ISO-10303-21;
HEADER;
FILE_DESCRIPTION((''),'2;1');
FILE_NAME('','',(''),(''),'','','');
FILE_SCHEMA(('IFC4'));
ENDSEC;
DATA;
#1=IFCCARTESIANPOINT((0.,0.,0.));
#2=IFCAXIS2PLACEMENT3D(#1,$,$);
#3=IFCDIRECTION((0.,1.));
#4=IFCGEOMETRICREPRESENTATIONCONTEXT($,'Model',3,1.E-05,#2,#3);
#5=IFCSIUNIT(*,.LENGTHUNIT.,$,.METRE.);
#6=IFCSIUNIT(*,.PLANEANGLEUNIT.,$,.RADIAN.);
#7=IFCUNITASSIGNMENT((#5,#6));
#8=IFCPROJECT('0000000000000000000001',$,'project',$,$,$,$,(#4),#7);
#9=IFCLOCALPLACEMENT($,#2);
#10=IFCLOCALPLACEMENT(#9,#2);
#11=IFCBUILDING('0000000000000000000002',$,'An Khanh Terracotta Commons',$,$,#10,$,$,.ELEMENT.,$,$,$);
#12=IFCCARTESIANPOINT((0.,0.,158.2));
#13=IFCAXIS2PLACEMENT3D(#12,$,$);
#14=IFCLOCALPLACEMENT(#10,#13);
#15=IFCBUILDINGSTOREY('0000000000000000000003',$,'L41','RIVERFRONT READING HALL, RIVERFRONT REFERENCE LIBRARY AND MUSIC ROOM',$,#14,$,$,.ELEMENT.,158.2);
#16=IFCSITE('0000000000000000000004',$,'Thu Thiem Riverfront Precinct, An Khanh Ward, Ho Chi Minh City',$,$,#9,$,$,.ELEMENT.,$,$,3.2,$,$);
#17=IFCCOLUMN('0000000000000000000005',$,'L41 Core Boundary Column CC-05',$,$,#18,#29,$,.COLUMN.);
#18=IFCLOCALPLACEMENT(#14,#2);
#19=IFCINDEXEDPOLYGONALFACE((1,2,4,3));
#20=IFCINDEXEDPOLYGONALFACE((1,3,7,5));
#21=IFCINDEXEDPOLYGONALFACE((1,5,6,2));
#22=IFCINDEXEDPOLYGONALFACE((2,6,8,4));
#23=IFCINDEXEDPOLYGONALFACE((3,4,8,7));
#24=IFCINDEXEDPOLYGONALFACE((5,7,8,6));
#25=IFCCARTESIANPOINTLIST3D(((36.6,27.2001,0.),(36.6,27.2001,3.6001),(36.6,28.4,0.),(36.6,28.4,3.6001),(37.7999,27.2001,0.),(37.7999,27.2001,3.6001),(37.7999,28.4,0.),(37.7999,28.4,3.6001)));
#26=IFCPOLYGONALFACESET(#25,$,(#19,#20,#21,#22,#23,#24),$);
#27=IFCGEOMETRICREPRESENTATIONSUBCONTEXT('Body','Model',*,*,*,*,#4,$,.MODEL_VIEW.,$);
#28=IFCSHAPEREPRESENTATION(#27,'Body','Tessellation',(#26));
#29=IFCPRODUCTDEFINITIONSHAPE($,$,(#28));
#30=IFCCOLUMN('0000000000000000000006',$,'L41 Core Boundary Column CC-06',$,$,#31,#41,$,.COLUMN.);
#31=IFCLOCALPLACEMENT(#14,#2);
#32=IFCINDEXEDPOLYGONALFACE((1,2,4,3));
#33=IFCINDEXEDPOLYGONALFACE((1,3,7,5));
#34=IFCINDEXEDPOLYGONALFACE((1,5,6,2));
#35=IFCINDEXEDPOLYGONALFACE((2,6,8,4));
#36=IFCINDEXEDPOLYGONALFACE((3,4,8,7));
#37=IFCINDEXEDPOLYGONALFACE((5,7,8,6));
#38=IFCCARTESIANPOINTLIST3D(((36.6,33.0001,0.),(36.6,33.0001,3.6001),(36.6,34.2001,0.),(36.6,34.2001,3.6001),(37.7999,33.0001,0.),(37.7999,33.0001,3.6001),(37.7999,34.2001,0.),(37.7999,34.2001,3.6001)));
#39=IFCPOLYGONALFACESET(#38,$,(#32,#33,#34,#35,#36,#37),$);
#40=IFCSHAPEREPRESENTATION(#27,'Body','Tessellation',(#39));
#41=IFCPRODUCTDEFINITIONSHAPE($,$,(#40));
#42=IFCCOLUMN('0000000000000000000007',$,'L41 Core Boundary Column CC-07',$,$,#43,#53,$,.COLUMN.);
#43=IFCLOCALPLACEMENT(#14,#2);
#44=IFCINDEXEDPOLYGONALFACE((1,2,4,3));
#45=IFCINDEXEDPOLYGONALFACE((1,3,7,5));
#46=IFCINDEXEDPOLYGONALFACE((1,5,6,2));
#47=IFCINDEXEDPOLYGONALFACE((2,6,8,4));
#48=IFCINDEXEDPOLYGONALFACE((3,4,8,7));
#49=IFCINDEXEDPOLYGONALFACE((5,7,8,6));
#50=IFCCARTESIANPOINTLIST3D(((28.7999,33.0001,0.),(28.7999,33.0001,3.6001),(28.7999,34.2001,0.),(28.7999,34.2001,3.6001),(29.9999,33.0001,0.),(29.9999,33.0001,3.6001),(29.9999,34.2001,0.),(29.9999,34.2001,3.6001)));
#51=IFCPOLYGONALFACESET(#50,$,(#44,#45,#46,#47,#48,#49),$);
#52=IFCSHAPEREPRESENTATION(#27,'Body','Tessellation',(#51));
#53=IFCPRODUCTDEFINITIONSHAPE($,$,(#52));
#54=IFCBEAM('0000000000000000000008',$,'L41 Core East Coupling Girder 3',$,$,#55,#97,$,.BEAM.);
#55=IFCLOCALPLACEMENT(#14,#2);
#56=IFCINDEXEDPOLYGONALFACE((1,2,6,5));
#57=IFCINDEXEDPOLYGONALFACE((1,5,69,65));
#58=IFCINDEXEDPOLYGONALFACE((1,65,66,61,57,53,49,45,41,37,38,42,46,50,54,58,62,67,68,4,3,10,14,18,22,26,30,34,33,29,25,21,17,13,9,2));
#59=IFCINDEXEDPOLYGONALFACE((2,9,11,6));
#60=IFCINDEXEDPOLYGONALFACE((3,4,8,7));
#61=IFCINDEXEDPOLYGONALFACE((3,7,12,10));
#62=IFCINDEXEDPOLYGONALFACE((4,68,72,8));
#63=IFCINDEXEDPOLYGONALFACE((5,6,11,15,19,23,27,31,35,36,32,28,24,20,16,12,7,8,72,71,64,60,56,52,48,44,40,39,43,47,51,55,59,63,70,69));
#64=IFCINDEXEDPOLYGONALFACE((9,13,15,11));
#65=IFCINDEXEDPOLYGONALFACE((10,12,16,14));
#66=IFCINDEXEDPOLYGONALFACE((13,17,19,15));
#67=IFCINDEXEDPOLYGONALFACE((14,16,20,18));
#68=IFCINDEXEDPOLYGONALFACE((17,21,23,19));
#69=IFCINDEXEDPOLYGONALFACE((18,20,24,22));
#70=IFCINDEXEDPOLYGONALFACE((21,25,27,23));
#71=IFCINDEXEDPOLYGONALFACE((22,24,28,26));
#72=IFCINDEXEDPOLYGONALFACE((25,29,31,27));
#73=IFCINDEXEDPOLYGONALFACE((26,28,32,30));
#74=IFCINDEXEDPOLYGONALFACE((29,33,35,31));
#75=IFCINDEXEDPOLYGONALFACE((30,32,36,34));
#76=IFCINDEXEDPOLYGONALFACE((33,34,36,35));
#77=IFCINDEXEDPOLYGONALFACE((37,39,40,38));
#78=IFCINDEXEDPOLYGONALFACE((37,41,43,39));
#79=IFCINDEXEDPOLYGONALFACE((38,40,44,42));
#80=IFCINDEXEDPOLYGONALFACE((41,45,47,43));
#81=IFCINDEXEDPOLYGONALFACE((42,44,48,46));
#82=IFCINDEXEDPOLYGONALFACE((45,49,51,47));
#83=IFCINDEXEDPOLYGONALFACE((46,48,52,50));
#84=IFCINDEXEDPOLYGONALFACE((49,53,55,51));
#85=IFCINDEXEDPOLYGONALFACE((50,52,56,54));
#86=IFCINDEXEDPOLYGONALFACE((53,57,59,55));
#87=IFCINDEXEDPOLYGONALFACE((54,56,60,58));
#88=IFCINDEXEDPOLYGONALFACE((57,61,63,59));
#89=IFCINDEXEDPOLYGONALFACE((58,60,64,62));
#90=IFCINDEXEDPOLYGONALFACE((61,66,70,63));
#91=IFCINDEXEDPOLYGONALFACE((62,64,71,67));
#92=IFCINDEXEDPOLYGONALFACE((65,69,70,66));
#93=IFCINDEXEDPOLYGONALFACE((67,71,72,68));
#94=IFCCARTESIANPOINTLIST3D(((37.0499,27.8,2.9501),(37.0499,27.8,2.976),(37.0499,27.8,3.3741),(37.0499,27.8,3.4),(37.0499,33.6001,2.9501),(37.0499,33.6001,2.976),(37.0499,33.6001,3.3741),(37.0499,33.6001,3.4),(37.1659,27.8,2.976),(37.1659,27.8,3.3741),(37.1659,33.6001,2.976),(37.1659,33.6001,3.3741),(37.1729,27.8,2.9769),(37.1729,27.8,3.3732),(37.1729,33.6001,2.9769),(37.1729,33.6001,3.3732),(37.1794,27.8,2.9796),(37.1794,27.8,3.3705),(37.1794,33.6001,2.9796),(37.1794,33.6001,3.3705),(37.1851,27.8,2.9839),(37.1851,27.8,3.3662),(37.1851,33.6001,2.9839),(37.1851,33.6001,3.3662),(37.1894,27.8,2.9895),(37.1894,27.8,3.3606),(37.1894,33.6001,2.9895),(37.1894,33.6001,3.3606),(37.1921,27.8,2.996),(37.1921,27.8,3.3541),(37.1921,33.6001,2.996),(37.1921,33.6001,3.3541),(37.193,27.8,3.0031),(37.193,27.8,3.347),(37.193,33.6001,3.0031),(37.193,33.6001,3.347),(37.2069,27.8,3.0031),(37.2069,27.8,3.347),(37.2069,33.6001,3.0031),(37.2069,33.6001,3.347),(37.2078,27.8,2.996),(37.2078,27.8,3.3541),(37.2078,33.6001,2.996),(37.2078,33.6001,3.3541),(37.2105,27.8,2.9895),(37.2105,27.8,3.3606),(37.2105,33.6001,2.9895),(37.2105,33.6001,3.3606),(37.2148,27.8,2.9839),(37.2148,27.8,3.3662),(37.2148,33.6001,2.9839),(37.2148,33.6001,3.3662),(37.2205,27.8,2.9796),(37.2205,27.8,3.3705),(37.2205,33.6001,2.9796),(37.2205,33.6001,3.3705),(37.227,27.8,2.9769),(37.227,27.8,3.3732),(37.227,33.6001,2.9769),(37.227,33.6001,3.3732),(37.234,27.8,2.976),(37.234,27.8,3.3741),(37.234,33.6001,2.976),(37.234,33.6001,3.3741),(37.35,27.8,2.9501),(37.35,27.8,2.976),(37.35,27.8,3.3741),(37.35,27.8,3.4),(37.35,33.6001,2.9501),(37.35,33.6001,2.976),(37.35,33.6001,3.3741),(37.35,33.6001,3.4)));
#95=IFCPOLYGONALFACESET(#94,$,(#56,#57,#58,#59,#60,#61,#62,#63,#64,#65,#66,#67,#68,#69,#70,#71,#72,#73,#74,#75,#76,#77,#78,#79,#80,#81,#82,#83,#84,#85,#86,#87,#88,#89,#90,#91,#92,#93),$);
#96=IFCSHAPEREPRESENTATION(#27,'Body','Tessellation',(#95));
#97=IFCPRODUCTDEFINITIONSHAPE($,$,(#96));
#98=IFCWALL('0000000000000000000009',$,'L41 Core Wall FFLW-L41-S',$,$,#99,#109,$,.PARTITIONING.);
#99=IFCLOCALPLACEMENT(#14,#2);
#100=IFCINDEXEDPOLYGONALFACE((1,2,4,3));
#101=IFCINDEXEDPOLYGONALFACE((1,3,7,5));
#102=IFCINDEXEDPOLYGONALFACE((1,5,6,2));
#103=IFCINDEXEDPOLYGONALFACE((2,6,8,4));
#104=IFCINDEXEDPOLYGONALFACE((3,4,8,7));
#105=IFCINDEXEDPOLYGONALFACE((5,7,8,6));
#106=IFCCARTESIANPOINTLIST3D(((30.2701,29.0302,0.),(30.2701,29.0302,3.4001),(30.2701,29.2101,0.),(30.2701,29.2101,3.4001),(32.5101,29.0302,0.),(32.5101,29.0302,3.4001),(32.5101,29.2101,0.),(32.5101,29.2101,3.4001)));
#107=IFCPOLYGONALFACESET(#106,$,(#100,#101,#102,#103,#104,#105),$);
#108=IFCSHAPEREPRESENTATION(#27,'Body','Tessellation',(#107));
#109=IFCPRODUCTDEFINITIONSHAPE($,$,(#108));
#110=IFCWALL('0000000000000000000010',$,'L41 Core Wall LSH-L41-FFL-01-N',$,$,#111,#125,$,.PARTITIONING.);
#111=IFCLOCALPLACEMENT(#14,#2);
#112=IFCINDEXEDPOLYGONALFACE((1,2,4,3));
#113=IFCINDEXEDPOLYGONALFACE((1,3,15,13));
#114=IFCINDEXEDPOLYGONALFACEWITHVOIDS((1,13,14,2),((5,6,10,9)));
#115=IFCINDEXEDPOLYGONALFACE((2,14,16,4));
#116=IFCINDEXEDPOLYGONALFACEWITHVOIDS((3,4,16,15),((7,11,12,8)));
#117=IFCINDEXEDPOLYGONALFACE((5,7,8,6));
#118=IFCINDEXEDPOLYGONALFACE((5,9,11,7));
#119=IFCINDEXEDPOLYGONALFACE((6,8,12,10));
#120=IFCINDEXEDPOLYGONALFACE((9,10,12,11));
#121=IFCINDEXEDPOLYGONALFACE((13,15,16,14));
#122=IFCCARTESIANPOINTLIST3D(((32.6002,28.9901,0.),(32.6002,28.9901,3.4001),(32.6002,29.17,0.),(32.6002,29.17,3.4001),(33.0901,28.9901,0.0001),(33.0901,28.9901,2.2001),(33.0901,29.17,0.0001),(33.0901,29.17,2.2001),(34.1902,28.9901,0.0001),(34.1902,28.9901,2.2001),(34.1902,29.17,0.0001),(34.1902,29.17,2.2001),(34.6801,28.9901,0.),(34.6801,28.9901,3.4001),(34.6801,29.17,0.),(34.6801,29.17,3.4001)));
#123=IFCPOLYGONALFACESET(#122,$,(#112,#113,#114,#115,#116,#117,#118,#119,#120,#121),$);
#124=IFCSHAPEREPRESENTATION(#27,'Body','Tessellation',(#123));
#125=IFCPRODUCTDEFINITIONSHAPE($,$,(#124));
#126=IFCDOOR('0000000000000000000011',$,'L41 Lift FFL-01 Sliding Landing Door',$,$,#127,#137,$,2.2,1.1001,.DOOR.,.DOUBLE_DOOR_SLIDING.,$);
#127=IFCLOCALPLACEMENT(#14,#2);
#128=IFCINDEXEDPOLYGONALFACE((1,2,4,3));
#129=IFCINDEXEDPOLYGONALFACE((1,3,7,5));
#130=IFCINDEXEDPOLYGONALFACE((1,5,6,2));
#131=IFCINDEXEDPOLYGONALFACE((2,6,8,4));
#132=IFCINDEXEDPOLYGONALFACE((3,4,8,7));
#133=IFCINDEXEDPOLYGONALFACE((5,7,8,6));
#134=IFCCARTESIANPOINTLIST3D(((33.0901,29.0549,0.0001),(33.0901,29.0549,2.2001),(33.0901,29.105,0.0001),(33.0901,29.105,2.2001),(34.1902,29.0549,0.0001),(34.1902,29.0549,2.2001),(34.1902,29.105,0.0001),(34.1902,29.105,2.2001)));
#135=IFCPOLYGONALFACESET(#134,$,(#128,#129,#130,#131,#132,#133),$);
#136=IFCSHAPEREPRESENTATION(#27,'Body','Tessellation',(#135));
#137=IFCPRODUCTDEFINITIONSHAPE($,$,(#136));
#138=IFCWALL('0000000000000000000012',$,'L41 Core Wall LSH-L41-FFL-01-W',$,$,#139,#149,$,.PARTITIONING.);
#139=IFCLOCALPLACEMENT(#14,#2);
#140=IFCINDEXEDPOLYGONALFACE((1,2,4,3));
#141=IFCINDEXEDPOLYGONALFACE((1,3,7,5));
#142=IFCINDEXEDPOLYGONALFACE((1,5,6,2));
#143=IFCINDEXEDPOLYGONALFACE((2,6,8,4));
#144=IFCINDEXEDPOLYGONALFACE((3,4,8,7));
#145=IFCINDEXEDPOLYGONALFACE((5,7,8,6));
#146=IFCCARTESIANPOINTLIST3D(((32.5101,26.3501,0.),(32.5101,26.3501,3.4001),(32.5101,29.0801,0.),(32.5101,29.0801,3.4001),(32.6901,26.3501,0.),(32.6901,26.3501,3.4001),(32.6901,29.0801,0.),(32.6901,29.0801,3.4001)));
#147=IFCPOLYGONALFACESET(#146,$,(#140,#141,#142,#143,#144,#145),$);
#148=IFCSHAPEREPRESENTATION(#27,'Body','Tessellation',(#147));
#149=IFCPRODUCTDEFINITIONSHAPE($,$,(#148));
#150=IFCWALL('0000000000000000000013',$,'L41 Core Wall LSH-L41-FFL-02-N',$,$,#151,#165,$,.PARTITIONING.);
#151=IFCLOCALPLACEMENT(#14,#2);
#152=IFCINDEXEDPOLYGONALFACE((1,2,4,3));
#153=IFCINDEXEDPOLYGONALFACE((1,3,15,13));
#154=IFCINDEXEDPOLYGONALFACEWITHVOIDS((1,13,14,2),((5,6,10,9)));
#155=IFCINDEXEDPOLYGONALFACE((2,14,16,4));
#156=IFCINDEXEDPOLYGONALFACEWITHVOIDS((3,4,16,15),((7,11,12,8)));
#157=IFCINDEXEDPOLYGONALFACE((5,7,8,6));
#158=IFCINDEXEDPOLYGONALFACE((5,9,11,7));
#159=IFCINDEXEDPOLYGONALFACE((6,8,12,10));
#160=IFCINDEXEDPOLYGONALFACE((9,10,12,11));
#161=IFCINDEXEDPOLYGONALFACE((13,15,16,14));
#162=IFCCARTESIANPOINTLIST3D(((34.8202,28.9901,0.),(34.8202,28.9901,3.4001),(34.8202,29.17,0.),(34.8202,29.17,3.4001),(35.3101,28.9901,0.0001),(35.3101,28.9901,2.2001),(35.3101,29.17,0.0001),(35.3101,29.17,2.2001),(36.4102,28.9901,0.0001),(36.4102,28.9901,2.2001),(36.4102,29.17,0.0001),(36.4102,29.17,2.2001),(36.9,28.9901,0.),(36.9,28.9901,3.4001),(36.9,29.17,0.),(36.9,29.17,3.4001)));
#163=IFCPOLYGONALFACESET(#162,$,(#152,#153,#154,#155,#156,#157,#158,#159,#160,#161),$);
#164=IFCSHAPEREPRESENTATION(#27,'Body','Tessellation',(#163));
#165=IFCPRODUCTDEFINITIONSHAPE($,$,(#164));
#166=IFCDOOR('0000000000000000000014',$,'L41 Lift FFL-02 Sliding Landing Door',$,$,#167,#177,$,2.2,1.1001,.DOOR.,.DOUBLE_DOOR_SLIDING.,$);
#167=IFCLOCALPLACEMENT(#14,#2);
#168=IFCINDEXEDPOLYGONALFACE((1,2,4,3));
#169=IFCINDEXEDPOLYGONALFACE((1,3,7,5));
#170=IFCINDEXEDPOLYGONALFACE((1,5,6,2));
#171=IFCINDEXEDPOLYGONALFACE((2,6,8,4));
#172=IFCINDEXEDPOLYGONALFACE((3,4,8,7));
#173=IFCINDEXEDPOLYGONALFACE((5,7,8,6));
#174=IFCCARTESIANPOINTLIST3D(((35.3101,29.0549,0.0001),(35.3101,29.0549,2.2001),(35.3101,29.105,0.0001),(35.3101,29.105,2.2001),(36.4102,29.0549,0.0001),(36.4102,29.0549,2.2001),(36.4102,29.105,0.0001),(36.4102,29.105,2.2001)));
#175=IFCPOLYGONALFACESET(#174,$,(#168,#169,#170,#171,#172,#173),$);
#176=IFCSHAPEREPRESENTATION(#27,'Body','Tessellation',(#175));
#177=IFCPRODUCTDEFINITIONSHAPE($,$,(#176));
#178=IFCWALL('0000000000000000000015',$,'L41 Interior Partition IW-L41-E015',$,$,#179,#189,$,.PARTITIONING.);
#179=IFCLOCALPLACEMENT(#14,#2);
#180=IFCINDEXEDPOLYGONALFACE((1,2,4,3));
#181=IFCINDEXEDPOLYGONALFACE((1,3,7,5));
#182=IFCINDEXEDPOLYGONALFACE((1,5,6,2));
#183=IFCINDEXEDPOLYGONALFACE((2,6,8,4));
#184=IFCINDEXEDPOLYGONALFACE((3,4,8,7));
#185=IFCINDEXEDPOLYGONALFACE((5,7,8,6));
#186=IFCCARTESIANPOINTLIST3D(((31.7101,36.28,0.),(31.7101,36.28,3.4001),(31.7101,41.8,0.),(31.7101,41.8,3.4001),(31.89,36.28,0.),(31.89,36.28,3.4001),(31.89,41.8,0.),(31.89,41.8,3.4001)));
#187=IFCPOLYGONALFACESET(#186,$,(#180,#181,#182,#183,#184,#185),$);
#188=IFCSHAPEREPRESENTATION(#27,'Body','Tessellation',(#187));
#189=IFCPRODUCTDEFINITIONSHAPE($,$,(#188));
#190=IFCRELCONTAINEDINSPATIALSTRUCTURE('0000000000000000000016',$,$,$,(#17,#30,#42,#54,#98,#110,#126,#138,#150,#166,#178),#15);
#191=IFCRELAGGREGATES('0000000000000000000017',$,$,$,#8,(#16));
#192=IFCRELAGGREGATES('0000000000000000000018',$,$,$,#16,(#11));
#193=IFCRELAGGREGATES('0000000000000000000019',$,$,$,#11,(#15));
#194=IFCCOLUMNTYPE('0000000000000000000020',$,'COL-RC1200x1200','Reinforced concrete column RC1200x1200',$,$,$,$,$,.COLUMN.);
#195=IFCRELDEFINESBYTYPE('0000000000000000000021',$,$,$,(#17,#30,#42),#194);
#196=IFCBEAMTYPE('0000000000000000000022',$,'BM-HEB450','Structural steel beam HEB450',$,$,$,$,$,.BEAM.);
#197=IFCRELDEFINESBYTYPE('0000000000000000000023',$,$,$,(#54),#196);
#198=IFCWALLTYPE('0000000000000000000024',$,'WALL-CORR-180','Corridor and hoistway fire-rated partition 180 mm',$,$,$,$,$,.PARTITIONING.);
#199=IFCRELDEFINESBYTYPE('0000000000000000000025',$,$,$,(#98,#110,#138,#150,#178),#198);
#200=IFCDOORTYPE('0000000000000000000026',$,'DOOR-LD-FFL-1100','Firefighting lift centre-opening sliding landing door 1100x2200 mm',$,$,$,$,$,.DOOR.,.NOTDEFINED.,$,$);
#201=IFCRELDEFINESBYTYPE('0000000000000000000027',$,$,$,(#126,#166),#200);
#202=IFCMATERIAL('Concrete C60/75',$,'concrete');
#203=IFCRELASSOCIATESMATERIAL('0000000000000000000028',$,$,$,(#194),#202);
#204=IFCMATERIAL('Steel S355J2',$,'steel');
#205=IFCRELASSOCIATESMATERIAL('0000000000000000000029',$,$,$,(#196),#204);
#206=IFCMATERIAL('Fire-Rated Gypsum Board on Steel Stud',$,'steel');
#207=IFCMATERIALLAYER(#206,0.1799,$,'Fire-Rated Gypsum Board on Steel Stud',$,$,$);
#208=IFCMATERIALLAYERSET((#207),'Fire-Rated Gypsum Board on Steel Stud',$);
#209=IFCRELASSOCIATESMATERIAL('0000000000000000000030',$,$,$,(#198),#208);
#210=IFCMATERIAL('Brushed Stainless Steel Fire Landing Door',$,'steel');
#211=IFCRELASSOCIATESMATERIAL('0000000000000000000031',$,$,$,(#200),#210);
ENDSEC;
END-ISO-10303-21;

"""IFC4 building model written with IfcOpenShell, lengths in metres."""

from ifc_helpers import new_model, si_unit, direction, frame, frame_2d, origin, origin_2d, place, context, subcontext, project, spatial, rectangle, i_section, extrude, material, layer, layer_set, material_profile, profile_set, type_object, element, fill, save


model = new_model("IFC4")

# Units and contexts
model_context = context("Model", 3, precision=1e-05, world=origin(), true_north=direction((0.0, 1.0)))
body_context = subcontext(model_context, "Body", "Model", "MODEL_VIEW")
ifc_project = project(units=[si_unit("LENGTHUNIT", "METRE"), si_unit("PLANEANGLEUNIT", "RADIAN")], contexts=[model_context])

# Site, building, storey
site_placement = place(None, origin())
site = spatial("IfcSite", under=ifc_project, at=site_placement, Name="Thu Thiem Riverfront Precinct, An Khanh Ward, Ho Chi Minh City", CompositionType="ELEMENT", RefElevation=3.2)
building_placement = place(site_placement, origin())
building = spatial("IfcBuilding", under=site, at=building_placement, Name="An Khanh Terracotta Commons", CompositionType="ELEMENT")
storey_placement = place(building_placement, frame((0.0, 0.0, 158.2)))
storey = spatial("IfcBuildingStorey", under=building, at=storey_placement, Name="L41", Description="RIVERFRONT READING HALL, RIVERFRONT REFERENCE LIBRARY AND MUSIC ROOM", CompositionType="ELEMENT", Elevation=158.2)

# Columns
ifc_material_1 = material(Name="Concrete C60/75", Category="concrete")
ifc_material_profile_1 = material_profile(ifc_material_1, rectangle(XDim=1.2, YDim=1.2, at=origin_2d()), Name="RC1200x1200")
ifc_profile_set_1 = profile_set([ifc_material_profile_1], Name="Concrete C60/75")
column_type = type_object("IfcColumnType", Name="COL-RC1200x1200", Description="Reinforced concrete column RC1200x1200", PredefinedType="COLUMN", material=ifc_profile_set_1)
for number, where, z_axis, x_axis, name in (
    (1, (37.2, 27.8, 0.0), (0.0, 0.0, 1.0), (1.0, 0.0, 0.0), "L41 Core Boundary Column CC-05"),
    (2, (37.2, 33.6001, 0.0), (0.0, 0.0, 1.0), (1.0, 0.0, 0.0), "L41 Core Boundary Column CC-06"),
    (3, (29.3999, 33.6001, 0.0), (0.0, 0.0, 1.0), (1.0, 0.0, 0.0), "L41 Core Boundary Column CC-07"),
):
    element("IfcColumn", number, at=place(storey_placement, frame(where, z_axis=z_axis, x_axis=x_axis)), inside=storey, type_object=column_type, Name=name, PredefinedType="COLUMN", context=body_context, shape_type="SweptSolid", body=[
        extrude(rectangle(XDim=1.2, YDim=1.2, at=origin_2d()), origin(), (0.0, 0.0, 1.0), 3.6001),
    ])

# Beam
ifc_material_2 = material(Name="Steel S355J2", Category="steel")
ifc_material_profile_2 = material_profile(ifc_material_2, i_section(OverallWidth=0.3, OverallDepth=0.45, WebThickness=0.0139, FlangeThickness=0.0259, FilletRadius=0.0271, at=origin_2d()), Name="HEB450")
ifc_profile_set_2 = profile_set([ifc_material_profile_2], Name="Steel S355J2")
beam_type = type_object("IfcBeamType", Name="BM-HEB450", Description="Structural steel beam HEB450", PredefinedType="BEAM", material=ifc_profile_set_2)
beam_placement = place(storey_placement, frame((37.2, 27.8, 3.175), z_axis=(0.0, 1.0, 0.0), x_axis=(-1.0, 0.0, 0.0)))
element("IfcBeam", 4, at=beam_placement, inside=storey, type_object=beam_type, Name="L41 Core East Coupling Girder 3", PredefinedType="BEAM", context=body_context, shape_type="SweptSolid", body=[
    extrude(i_section(OverallWidth=0.3, OverallDepth=0.45, WebThickness=0.0139, FlangeThickness=0.0259, FilletRadius=0.0271, at=origin_2d()), origin(), (0.0, 0.0, 1.0), 5.8),
])

# Wall
ifc_material_3 = material(Name="Fire-Rated Gypsum Board on Steel Stud", Category="steel")
ifc_layer_1 = layer(ifc_material_3, 0.1799, Name="Fire-Rated Gypsum Board on Steel Stud")
ifc_layer_set_1 = layer_set([ifc_layer_1], Name="Fire-Rated Gypsum Board on Steel Stud")
wall_type_1 = type_object("IfcWallType", Name="WALL-CORR-180", Description="Corridor and hoistway fire-rated partition 180 mm", PredefinedType="PARTITIONING", material=ifc_layer_set_1)
wall_1_placement = place(storey_placement, frame((30.27, 29.1201, 0.0), z_axis=(0.0, 0.0, 1.0), x_axis=(1.0, 0.0, 0.0)))
element("IfcWall", 5, at=wall_1_placement, inside=storey, type_object=wall_type_1, Name="L41 Core Wall FFLW-L41-S", PredefinedType="PARTITIONING", context=body_context, shape_type="SweptSolid", body=[
    extrude(rectangle(XDim=2.24, YDim=0.1799, at=frame_2d((1.1201, 0.0))), origin(), (0.0, 0.0, 1.0), 3.4001),
])

# Wall, opening, door
wall_2_placement = place(storey_placement, frame((32.6001, 29.0801, 0.0), z_axis=(0.0, 0.0, 1.0), x_axis=(1.0, 0.0, 0.0)))
wall_2 = element("IfcWall", 6, at=wall_2_placement, inside=storey, type_object=wall_type_1, Name="L41 Core Wall LSH-L41-FFL-01-N", PredefinedType="PARTITIONING", context=body_context, shape_type="SweptSolid", body=[
    extrude(rectangle(XDim=2.0798, YDim=0.1799, at=frame_2d((1.04, 0.0))), origin(), (0.0, 0.0, 1.0), 3.4001),
])
opening_1_placement = place(wall_2_placement, frame((0.49, 0.0, 0.0)))
opening_1 = element("IfcOpeningElement", 7, at=opening_1_placement, cuts=wall_2, PredefinedType="OPENING", context=body_context, shape_type="SweptSolid", body=[
    extrude(rectangle(XDim=1.1001, YDim=2.2, at=frame_2d((0.55, 1.1001))), frame((0.0, 0.0999, 0.0), z_axis=(0.0, -1.0, 0.0), x_axis=(1.0, 0.0, 0.0)), (0.0, 0.0, 1.0), 0.2),
])
ifc_material_4 = material(Name="Brushed Stainless Steel Fire Landing Door", Category="steel")
door_type_1 = type_object("IfcDoorType", Name="DOOR-LD-FFL-1100", Description="Firefighting lift centre-opening sliding landing door 1100x2200 mm", OperationType="NOTDEFINED", PredefinedType="DOOR", material=ifc_material_4)
door_1_placement = place(opening_1_placement, origin())
door_1 = element("IfcDoor", 8, at=door_1_placement, inside=storey, type_object=door_type_1, Name="L41 Lift FFL-01 Sliding Landing Door", OperationType="DOUBLE_DOOR_SLIDING", OverallHeight=2.2, OverallWidth=1.1001, PredefinedType="DOOR", context=body_context, shape_type="SweptSolid", body=[
    extrude(rectangle(XDim=1.1001, YDim=2.2, at=frame_2d((0.55, 1.1001))), frame((0.0, 0.0249, 0.0), z_axis=(0.0, -1.0, 0.0), x_axis=(1.0, 0.0, 0.0)), (0.0, 0.0, 1.0), 0.05),
])
fill(opening_1, door_1)

# Wall
wall_3_placement = place(storey_placement, frame((32.6001, 29.0801, 0.0), z_axis=(0.0, 0.0, 1.0), x_axis=(0.0, -1.0, 0.0)))
element("IfcWall", 9, at=wall_3_placement, inside=storey, type_object=wall_type_1, Name="L41 Core Wall LSH-L41-FFL-01-W", PredefinedType="PARTITIONING", context=body_context, shape_type="SweptSolid", body=[
    extrude(rectangle(XDim=2.73, YDim=0.1799, at=frame_2d((1.365, 0.0))), origin(), (0.0, 0.0, 1.0), 3.4001),
])

# Wall, opening, door
wall_4_placement = place(storey_placement, frame((34.8201, 29.0801, 0.0), z_axis=(0.0, 0.0, 1.0), x_axis=(1.0, 0.0, 0.0)))
wall_4 = element("IfcWall", 10, at=wall_4_placement, inside=storey, type_object=wall_type_1, Name="L41 Core Wall LSH-L41-FFL-02-N", PredefinedType="PARTITIONING", context=body_context, shape_type="SweptSolid", body=[
    extrude(rectangle(XDim=2.0798, YDim=0.1799, at=frame_2d((1.04, 0.0))), origin(), (0.0, 0.0, 1.0), 3.4001),
])
opening_2_placement = place(wall_4_placement, frame((0.49, 0.0, 0.0)))
opening_2 = element("IfcOpeningElement", 11, at=opening_2_placement, cuts=wall_4, PredefinedType="OPENING", context=body_context, shape_type="SweptSolid", body=[
    extrude(rectangle(XDim=1.1001, YDim=2.2, at=frame_2d((0.55, 1.1001))), frame((0.0, 0.0999, 0.0), z_axis=(0.0, -1.0, 0.0), x_axis=(1.0, 0.0, 0.0)), (0.0, 0.0, 1.0), 0.2),
])
door_2_placement = place(opening_2_placement, origin())
door_2 = element("IfcDoor", 12, at=door_2_placement, inside=storey, type_object=door_type_1, Name="L41 Lift FFL-02 Sliding Landing Door", OperationType="DOUBLE_DOOR_SLIDING", OverallHeight=2.2, OverallWidth=1.1001, PredefinedType="DOOR", context=body_context, shape_type="SweptSolid", body=[
    extrude(rectangle(XDim=1.1001, YDim=2.2, at=frame_2d((0.55, 1.1001))), frame((0.0, 0.0249, 0.0), z_axis=(0.0, -1.0, 0.0), x_axis=(1.0, 0.0, 0.0)), (0.0, 0.0, 1.0), 0.05),
])
fill(opening_2, door_2)

# Wall
wall_5_placement = place(storey_placement, frame((31.8, 36.28, 0.0), z_axis=(0.0, 0.0, 1.0), x_axis=(0.0, 1.0, 0.0)))
element("IfcWall", 13, at=wall_5_placement, inside=storey, type_object=wall_type_1, Name="L41 Interior Partition IW-L41-E015", PredefinedType="PARTITIONING", context=body_context, shape_type="SweptSolid", body=[
    extrude(rectangle(XDim=5.52, YDim=0.1799, at=frame_2d((2.76, 0.0))), origin(), (0.0, 0.0, 1.0), 3.4001),
])

save(model, "model.ifc")
